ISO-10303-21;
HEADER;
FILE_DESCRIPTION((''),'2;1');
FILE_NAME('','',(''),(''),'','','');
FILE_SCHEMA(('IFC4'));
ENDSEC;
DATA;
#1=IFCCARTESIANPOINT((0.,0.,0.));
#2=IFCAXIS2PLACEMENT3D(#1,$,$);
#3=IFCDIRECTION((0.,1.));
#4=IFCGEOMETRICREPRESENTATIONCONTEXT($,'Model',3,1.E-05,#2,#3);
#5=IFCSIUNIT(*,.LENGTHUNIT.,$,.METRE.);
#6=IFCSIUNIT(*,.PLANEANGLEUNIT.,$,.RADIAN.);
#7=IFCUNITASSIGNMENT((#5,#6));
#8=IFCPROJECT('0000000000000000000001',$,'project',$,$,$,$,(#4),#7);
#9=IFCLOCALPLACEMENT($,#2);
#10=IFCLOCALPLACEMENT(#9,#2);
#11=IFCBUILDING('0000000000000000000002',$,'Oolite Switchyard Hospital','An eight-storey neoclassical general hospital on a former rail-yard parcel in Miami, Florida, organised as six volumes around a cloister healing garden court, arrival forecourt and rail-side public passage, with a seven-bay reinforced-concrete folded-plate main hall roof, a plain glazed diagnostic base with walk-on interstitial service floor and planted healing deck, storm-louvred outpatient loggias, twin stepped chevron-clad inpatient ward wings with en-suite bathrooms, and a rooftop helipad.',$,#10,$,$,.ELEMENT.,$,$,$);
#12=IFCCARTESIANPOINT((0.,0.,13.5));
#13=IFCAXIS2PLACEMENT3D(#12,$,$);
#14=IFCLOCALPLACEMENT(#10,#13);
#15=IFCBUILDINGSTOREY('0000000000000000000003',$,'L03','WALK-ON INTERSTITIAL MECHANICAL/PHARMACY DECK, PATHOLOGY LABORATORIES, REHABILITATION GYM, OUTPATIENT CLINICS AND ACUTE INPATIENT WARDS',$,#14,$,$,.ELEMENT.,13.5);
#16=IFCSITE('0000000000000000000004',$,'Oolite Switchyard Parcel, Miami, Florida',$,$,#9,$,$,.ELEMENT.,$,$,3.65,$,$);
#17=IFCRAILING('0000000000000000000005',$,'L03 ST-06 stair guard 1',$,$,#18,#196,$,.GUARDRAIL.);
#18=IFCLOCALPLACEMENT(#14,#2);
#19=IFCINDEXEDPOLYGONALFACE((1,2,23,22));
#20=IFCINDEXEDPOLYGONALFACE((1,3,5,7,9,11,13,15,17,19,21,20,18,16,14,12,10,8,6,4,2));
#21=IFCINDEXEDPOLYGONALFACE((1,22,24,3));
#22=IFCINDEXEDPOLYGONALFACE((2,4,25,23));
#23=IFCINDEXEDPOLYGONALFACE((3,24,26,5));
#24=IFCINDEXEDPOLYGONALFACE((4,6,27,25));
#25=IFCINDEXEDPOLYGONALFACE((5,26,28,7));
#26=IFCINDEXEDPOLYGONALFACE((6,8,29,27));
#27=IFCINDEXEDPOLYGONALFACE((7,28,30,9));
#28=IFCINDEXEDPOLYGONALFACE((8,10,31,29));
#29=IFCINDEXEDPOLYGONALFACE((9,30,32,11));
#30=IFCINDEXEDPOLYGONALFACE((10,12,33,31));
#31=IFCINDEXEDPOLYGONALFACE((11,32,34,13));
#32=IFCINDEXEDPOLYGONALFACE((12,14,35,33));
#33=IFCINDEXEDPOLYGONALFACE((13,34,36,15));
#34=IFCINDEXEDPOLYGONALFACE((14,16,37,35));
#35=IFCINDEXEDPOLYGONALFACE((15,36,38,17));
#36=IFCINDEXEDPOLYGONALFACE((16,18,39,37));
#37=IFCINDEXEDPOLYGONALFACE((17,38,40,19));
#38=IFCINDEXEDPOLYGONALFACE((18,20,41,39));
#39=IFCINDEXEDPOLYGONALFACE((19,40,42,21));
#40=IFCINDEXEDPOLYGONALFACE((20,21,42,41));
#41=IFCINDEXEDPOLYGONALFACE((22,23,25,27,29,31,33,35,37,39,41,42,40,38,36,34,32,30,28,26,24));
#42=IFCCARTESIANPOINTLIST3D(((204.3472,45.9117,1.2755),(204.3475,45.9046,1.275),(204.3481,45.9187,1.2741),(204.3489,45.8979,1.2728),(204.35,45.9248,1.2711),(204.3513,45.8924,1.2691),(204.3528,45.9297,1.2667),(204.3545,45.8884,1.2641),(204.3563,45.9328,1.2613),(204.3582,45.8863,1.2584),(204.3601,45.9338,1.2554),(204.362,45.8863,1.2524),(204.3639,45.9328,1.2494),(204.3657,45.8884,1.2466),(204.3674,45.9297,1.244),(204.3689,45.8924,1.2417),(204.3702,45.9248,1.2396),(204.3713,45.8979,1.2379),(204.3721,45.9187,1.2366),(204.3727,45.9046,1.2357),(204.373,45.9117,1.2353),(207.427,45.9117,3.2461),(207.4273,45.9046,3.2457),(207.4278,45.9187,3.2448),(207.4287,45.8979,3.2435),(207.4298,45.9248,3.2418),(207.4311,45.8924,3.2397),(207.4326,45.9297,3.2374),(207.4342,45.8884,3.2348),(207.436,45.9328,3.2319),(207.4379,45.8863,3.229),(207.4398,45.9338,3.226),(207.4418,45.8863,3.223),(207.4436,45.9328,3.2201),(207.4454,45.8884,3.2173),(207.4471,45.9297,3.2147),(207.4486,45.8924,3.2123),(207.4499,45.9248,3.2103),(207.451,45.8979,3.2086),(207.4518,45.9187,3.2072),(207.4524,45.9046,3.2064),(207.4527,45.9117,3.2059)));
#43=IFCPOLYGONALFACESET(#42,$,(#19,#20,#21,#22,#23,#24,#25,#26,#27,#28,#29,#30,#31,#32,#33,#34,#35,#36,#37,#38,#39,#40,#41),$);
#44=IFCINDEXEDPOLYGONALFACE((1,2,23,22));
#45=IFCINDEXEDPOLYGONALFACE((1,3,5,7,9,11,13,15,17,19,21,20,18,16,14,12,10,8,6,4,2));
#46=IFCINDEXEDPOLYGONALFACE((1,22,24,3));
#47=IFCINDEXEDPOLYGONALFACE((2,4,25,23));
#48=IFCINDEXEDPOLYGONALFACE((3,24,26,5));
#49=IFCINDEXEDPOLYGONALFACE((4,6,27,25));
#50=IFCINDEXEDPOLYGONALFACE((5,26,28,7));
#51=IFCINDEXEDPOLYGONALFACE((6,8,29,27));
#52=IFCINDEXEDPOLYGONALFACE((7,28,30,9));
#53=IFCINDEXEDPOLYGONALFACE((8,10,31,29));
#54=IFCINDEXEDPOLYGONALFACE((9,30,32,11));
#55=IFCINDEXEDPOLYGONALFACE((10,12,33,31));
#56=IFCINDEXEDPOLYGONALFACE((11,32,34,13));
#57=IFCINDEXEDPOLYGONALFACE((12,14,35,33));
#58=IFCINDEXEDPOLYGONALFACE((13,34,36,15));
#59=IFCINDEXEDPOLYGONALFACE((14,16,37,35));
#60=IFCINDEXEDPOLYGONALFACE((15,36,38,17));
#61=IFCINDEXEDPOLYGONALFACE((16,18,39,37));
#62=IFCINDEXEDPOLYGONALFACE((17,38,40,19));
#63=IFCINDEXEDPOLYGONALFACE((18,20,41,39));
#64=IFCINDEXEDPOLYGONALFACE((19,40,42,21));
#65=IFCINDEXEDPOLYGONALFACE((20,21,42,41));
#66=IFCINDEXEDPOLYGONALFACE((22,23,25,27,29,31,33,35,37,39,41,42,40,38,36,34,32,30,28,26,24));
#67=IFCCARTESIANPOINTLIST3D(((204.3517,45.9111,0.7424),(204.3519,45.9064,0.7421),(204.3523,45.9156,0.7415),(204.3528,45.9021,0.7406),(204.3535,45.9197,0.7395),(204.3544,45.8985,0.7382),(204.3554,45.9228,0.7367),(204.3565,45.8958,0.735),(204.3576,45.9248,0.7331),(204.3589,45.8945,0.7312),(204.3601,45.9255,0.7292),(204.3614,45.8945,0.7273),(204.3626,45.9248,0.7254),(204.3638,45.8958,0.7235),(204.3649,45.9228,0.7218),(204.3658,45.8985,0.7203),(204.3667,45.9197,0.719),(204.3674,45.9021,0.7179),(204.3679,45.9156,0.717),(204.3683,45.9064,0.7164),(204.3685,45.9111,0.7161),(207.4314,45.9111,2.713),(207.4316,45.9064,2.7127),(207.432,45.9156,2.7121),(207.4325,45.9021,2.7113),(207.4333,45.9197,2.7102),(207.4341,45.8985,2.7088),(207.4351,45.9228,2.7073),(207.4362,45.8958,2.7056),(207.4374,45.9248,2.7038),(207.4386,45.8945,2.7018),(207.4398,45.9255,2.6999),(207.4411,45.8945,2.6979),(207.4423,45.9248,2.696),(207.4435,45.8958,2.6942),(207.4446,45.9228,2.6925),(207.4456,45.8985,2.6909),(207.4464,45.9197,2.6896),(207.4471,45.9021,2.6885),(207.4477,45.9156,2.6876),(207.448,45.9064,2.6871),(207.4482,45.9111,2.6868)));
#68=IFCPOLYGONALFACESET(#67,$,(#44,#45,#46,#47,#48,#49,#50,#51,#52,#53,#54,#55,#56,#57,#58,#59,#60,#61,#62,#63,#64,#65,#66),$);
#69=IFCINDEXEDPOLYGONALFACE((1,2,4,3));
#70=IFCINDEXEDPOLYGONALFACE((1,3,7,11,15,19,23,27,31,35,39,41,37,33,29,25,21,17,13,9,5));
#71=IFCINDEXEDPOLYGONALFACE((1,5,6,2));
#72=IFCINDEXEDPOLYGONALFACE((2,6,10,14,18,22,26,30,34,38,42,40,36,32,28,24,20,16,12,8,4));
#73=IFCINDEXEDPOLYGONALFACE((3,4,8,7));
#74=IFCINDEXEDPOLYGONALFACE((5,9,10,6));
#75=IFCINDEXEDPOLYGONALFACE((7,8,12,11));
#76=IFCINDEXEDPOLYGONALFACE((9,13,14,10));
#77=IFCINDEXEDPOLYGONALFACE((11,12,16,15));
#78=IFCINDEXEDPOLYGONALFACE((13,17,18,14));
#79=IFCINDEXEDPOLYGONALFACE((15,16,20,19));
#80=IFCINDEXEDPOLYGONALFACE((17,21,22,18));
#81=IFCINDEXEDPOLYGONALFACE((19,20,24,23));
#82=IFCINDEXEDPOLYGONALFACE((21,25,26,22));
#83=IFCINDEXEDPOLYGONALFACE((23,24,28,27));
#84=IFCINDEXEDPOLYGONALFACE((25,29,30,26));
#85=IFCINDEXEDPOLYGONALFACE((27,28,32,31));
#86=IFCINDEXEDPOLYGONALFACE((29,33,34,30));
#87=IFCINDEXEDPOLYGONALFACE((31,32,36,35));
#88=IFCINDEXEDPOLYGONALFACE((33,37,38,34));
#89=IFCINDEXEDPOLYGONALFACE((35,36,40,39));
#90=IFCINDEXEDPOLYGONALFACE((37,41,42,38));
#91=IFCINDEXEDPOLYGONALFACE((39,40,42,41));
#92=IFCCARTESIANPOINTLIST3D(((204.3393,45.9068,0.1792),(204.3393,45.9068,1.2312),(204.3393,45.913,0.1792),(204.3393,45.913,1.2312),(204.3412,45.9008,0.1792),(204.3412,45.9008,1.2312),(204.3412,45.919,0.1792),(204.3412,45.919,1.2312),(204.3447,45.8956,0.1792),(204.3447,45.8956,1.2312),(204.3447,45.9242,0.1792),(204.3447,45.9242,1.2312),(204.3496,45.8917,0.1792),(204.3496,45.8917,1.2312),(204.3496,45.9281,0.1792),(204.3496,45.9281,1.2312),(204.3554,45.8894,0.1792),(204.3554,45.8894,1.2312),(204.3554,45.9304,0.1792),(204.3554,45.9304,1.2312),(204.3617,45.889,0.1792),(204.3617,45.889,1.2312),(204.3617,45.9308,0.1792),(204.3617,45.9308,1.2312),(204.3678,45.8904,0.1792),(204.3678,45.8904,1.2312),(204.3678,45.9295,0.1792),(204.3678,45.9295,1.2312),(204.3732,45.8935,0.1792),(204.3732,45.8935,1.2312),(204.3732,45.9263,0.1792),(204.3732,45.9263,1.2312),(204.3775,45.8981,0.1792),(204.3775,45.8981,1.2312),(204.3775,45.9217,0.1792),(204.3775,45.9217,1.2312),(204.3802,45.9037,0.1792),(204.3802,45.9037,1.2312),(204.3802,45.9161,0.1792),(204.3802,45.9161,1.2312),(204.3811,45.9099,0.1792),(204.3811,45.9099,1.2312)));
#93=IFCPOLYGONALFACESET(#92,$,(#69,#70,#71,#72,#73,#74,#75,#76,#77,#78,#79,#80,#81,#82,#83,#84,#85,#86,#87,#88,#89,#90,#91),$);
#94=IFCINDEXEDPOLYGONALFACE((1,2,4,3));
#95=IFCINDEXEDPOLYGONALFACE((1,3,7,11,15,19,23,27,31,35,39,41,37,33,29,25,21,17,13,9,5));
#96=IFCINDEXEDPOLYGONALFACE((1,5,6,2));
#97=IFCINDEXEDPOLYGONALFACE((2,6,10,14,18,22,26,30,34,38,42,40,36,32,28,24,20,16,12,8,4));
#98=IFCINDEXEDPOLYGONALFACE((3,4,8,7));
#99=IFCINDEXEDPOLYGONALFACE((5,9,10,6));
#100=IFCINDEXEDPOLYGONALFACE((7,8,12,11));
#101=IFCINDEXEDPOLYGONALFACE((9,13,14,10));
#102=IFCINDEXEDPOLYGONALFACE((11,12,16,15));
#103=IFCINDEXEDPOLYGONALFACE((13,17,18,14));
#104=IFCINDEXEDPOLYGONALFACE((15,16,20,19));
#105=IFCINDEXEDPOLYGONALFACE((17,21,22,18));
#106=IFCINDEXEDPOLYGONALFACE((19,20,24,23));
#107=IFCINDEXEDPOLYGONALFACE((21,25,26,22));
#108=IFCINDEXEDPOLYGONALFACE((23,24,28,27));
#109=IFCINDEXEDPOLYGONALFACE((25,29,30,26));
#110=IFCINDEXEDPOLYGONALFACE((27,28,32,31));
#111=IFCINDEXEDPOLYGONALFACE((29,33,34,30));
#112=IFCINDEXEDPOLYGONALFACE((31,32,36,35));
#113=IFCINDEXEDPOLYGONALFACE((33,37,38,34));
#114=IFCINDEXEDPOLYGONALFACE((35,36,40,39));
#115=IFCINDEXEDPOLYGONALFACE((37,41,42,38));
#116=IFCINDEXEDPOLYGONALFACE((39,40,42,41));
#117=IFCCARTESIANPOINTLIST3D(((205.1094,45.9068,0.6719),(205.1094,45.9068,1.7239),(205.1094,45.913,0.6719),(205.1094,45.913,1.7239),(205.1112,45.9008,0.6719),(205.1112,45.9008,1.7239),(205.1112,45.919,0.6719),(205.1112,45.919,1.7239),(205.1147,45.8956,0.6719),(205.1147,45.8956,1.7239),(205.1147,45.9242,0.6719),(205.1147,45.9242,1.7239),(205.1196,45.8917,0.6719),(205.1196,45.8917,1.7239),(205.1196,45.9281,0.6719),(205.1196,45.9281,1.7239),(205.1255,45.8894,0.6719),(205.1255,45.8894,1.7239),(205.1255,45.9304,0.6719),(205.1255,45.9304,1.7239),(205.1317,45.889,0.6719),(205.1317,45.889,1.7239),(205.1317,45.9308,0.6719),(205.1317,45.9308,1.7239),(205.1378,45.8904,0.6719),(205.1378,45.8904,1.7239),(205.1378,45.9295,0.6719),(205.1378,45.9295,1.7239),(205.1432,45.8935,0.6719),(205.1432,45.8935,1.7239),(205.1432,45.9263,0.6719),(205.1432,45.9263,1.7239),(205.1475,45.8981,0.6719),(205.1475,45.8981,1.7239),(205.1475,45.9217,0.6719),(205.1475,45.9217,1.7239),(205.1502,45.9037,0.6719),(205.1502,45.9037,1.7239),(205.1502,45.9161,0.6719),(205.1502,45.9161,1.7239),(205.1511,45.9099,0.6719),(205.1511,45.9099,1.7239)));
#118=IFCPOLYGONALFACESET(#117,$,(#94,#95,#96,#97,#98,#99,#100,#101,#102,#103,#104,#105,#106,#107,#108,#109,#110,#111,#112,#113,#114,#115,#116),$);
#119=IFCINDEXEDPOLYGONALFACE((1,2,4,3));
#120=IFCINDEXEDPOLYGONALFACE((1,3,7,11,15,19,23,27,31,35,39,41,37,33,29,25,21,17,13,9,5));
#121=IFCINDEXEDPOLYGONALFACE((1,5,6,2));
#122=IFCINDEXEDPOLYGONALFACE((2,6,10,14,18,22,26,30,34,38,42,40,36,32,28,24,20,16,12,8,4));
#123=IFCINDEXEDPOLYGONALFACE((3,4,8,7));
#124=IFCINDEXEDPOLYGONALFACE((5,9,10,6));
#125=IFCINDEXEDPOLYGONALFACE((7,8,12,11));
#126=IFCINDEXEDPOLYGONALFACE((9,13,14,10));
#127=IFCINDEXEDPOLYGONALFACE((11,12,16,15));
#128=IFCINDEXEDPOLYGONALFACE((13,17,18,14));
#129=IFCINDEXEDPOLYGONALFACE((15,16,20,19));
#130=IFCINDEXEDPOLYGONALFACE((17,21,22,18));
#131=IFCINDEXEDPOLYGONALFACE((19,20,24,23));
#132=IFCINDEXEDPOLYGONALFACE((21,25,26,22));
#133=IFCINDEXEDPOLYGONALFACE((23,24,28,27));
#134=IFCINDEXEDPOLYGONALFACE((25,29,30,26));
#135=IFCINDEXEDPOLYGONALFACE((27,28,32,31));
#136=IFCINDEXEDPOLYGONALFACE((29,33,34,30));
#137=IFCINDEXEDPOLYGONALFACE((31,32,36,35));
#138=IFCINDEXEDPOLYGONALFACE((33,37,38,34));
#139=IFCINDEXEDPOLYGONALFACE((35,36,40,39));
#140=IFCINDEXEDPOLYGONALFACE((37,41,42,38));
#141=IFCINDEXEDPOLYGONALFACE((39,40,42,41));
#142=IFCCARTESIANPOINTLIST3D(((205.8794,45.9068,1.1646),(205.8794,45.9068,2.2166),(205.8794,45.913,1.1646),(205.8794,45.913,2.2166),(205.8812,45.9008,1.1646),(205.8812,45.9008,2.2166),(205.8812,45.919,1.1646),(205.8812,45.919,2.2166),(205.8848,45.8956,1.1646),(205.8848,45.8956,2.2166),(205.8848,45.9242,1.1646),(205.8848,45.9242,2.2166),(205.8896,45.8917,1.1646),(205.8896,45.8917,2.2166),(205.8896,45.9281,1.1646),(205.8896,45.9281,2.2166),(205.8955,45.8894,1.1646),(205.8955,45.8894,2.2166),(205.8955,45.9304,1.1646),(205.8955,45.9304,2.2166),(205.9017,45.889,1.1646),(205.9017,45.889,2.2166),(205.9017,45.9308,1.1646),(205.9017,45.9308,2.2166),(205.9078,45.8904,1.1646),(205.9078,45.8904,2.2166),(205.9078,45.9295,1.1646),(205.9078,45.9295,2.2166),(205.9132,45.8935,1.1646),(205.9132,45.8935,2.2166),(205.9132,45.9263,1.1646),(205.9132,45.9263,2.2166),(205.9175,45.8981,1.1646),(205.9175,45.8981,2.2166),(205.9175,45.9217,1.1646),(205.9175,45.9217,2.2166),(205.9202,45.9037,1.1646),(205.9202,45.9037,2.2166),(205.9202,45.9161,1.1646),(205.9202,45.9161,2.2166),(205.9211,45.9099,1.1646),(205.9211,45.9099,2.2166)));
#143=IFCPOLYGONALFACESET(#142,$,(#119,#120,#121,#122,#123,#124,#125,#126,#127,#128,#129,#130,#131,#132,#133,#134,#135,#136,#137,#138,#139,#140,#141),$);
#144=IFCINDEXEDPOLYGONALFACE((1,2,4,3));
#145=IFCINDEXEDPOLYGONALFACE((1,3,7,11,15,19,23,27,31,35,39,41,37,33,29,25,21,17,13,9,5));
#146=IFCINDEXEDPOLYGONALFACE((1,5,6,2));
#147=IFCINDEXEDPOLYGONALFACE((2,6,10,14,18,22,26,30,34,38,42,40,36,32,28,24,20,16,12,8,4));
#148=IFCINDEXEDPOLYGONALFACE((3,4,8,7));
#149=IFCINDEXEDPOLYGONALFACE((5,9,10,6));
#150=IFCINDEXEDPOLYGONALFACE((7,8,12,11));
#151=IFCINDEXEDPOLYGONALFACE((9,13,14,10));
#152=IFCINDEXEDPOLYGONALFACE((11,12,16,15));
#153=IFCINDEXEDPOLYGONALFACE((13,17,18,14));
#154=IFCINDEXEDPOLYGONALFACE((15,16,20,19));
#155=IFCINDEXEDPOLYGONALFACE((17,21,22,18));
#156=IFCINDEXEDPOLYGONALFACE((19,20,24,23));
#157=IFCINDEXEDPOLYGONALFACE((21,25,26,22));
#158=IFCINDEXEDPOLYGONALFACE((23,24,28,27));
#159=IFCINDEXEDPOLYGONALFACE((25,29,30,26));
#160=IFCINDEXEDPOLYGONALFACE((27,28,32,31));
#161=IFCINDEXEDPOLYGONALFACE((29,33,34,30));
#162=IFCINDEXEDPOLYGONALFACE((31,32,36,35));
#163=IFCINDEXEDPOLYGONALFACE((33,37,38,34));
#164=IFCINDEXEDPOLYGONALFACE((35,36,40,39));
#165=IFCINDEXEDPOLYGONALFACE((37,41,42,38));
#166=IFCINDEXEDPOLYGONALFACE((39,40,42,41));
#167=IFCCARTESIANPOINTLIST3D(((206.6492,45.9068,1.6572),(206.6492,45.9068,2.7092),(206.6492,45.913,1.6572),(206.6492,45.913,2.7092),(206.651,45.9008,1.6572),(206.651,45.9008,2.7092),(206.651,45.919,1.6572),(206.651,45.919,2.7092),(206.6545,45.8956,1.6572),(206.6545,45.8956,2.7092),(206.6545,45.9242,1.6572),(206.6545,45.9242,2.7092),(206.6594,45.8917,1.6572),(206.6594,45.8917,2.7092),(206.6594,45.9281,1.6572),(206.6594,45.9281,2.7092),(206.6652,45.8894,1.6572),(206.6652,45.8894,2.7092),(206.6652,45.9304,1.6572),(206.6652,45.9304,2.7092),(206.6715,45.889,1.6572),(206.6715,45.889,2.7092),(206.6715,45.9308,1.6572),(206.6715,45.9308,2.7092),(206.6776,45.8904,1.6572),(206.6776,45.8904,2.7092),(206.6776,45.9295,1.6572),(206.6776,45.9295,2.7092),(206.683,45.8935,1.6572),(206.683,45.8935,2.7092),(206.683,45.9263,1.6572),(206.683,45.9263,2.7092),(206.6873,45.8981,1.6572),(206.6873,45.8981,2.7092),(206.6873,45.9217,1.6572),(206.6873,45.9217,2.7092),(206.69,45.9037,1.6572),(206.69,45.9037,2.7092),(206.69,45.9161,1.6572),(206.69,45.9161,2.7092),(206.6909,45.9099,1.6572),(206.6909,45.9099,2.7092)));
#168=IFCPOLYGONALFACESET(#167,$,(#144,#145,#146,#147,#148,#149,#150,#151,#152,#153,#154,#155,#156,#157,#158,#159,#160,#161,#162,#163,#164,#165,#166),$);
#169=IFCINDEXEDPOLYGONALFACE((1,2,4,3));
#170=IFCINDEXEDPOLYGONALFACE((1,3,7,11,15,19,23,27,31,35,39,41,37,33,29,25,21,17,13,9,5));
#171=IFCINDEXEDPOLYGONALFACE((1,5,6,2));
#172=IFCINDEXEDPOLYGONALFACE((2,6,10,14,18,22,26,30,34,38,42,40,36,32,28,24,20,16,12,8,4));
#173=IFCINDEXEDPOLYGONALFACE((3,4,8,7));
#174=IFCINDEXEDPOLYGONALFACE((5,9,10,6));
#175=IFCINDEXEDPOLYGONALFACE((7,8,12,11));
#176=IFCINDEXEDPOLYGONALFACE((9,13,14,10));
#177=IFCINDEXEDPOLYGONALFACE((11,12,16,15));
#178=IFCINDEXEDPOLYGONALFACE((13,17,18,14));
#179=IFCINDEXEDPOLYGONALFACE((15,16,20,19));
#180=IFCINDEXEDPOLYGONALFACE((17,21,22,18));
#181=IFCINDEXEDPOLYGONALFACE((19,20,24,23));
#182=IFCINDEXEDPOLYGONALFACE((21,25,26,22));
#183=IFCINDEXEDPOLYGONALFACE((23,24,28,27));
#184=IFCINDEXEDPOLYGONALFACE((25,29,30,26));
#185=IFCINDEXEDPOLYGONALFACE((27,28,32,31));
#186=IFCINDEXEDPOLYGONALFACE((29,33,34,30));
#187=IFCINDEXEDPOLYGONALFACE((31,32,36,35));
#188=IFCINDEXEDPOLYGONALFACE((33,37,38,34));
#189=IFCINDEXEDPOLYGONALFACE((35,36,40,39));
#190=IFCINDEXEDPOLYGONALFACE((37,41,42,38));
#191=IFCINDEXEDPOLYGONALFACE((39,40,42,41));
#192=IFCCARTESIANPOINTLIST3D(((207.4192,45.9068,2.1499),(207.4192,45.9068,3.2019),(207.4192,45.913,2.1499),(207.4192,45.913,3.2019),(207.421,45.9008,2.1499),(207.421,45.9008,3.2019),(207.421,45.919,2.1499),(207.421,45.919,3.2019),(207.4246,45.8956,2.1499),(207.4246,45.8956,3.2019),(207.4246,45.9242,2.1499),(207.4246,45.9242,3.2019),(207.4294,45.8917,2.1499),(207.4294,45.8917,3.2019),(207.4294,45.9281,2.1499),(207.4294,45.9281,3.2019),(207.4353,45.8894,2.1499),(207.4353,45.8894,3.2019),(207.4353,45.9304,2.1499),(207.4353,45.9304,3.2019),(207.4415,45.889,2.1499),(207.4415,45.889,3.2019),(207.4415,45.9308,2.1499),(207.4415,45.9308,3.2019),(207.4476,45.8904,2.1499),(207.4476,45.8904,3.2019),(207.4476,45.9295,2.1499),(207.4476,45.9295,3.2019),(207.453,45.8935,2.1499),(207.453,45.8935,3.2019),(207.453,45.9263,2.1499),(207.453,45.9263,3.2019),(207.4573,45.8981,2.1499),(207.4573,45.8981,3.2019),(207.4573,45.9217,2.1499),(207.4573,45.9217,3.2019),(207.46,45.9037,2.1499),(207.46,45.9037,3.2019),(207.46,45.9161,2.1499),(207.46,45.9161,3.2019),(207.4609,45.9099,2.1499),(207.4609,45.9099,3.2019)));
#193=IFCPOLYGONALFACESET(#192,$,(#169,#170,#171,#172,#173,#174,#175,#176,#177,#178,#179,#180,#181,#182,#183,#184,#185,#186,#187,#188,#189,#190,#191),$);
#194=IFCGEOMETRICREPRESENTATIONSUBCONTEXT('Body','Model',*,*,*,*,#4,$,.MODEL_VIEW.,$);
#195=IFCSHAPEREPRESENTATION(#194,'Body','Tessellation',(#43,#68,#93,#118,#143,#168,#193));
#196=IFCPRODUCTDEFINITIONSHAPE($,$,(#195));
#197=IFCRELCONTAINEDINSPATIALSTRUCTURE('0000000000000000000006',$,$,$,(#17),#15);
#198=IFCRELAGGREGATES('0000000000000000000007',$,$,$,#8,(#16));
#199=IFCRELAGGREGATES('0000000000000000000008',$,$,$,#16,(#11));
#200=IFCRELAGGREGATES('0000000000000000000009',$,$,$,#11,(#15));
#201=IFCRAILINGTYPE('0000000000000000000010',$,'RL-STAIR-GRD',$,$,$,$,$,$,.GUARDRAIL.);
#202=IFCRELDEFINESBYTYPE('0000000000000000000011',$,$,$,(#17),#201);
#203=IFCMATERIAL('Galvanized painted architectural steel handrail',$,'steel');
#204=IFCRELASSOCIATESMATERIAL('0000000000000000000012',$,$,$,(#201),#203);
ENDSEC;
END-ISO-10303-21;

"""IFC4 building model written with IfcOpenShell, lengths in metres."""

from ifc_helpers import new_model, si_unit, direction, frame, origin, origin_2d, place, context, subcontext, project, spatial, circle, extrude, material, type_object, element, save


model = new_model("IFC4")

# Units and contexts
model_context = context("Model", 3, precision=1e-05, world=origin(), true_north=direction((0.0, 1.0)))
body_context = subcontext(model_context, "Body", "Model", "MODEL_VIEW")
ifc_project = project(units=[si_unit("LENGTHUNIT", "METRE"), si_unit("PLANEANGLEUNIT", "RADIAN")], contexts=[model_context])

# Site, building, storey
site_placement = place(None, origin())
site = spatial("IfcSite", under=ifc_project, at=site_placement, Name="Oolite Switchyard Parcel, Miami, Florida", CompositionType="ELEMENT", RefElevation=3.65)
building_placement = place(site_placement, origin())
building = spatial("IfcBuilding", under=site, at=building_placement, Name="Oolite Switchyard Hospital", Description="An eight-storey neoclassical general hospital on a former rail-yard parcel in Miami, Florida, organised as six volumes around a cloister healing garden court, arrival forecourt and rail-side public passage, with a seven-bay reinforced-concrete folded-plate main hall roof, a plain glazed diagnostic base with walk-on interstitial service floor and planted healing deck, storm-louvred outpatient loggias, twin stepped chevron-clad inpatient ward wings with en-suite bathrooms, and a rooftop helipad.", CompositionType="ELEMENT")
storey_placement = place(building_placement, frame((0.0, 0.0, 13.5)))
storey = spatial("IfcBuildingStorey", under=building, at=storey_placement, Name="L03", Description="WALK-ON INTERSTITIAL MECHANICAL/PHARMACY DECK, PATHOLOGY LABORATORIES, REHABILITATION GYM, OUTPATIENT CLINICS AND ACUTE INPATIENT WARDS", CompositionType="ELEMENT", Elevation=13.5)

# Railing
ifc_material_1 = material(Name="Galvanized painted architectural steel handrail", Category="steel")
railing_type_1 = type_object("IfcRailingType", Name="RL-STAIR-GRD", PredefinedType="GUARDRAIL", material=ifc_material_1)
railing_1_placement = place(storey_placement, frame((204.3601, 45.9099, 0.1792)))
element("IfcRailing", 1, at=railing_1_placement, inside=storey, type_object=railing_type_1, Name="L03 ST-06 stair guard 1", PredefinedType="GUARDRAIL", context=body_context, shape_type="SweptSolid", body=[
    extrude(circle(Radius=0.0239, at=origin_2d()), frame((0.0, 0.0, 1.0762), z_axis=(0.84232, 0.0, 0.538978), x_axis=(0.0, 1.0, 0.0)), (0.0, 0.0, 1.0), 3.6562),
    extrude(circle(Radius=0.0156, at=origin_2d()), frame((0.0, 0.0, 0.55), z_axis=(0.84232, 0.0, 0.538978), x_axis=(0.0, 1.0, 0.0)), (0.0, 0.0, 1.0), 3.6562),
    extrude(circle(Radius=0.021, at=origin_2d()), origin(), (0.0, 0.0, 1.0), 1.052),
    extrude(circle(Radius=0.021, at=origin_2d()), frame((0.77, 0.0, 0.4927)), (0.0, 0.0, 1.0), 1.052),
    extrude(circle(Radius=0.021, at=origin_2d()), frame((1.54, 0.0, 0.9854)), (0.0, 0.0, 1.0), 1.052),
    extrude(circle(Radius=0.021, at=origin_2d()), frame((2.3098, 0.0, 1.478)), (0.0, 0.0, 1.0), 1.052),
    extrude(circle(Radius=0.021, at=origin_2d()), frame((3.0798, 0.0, 1.9707)), (0.0, 0.0, 1.0), 1.052),
])

save(model, "model.ifc")
